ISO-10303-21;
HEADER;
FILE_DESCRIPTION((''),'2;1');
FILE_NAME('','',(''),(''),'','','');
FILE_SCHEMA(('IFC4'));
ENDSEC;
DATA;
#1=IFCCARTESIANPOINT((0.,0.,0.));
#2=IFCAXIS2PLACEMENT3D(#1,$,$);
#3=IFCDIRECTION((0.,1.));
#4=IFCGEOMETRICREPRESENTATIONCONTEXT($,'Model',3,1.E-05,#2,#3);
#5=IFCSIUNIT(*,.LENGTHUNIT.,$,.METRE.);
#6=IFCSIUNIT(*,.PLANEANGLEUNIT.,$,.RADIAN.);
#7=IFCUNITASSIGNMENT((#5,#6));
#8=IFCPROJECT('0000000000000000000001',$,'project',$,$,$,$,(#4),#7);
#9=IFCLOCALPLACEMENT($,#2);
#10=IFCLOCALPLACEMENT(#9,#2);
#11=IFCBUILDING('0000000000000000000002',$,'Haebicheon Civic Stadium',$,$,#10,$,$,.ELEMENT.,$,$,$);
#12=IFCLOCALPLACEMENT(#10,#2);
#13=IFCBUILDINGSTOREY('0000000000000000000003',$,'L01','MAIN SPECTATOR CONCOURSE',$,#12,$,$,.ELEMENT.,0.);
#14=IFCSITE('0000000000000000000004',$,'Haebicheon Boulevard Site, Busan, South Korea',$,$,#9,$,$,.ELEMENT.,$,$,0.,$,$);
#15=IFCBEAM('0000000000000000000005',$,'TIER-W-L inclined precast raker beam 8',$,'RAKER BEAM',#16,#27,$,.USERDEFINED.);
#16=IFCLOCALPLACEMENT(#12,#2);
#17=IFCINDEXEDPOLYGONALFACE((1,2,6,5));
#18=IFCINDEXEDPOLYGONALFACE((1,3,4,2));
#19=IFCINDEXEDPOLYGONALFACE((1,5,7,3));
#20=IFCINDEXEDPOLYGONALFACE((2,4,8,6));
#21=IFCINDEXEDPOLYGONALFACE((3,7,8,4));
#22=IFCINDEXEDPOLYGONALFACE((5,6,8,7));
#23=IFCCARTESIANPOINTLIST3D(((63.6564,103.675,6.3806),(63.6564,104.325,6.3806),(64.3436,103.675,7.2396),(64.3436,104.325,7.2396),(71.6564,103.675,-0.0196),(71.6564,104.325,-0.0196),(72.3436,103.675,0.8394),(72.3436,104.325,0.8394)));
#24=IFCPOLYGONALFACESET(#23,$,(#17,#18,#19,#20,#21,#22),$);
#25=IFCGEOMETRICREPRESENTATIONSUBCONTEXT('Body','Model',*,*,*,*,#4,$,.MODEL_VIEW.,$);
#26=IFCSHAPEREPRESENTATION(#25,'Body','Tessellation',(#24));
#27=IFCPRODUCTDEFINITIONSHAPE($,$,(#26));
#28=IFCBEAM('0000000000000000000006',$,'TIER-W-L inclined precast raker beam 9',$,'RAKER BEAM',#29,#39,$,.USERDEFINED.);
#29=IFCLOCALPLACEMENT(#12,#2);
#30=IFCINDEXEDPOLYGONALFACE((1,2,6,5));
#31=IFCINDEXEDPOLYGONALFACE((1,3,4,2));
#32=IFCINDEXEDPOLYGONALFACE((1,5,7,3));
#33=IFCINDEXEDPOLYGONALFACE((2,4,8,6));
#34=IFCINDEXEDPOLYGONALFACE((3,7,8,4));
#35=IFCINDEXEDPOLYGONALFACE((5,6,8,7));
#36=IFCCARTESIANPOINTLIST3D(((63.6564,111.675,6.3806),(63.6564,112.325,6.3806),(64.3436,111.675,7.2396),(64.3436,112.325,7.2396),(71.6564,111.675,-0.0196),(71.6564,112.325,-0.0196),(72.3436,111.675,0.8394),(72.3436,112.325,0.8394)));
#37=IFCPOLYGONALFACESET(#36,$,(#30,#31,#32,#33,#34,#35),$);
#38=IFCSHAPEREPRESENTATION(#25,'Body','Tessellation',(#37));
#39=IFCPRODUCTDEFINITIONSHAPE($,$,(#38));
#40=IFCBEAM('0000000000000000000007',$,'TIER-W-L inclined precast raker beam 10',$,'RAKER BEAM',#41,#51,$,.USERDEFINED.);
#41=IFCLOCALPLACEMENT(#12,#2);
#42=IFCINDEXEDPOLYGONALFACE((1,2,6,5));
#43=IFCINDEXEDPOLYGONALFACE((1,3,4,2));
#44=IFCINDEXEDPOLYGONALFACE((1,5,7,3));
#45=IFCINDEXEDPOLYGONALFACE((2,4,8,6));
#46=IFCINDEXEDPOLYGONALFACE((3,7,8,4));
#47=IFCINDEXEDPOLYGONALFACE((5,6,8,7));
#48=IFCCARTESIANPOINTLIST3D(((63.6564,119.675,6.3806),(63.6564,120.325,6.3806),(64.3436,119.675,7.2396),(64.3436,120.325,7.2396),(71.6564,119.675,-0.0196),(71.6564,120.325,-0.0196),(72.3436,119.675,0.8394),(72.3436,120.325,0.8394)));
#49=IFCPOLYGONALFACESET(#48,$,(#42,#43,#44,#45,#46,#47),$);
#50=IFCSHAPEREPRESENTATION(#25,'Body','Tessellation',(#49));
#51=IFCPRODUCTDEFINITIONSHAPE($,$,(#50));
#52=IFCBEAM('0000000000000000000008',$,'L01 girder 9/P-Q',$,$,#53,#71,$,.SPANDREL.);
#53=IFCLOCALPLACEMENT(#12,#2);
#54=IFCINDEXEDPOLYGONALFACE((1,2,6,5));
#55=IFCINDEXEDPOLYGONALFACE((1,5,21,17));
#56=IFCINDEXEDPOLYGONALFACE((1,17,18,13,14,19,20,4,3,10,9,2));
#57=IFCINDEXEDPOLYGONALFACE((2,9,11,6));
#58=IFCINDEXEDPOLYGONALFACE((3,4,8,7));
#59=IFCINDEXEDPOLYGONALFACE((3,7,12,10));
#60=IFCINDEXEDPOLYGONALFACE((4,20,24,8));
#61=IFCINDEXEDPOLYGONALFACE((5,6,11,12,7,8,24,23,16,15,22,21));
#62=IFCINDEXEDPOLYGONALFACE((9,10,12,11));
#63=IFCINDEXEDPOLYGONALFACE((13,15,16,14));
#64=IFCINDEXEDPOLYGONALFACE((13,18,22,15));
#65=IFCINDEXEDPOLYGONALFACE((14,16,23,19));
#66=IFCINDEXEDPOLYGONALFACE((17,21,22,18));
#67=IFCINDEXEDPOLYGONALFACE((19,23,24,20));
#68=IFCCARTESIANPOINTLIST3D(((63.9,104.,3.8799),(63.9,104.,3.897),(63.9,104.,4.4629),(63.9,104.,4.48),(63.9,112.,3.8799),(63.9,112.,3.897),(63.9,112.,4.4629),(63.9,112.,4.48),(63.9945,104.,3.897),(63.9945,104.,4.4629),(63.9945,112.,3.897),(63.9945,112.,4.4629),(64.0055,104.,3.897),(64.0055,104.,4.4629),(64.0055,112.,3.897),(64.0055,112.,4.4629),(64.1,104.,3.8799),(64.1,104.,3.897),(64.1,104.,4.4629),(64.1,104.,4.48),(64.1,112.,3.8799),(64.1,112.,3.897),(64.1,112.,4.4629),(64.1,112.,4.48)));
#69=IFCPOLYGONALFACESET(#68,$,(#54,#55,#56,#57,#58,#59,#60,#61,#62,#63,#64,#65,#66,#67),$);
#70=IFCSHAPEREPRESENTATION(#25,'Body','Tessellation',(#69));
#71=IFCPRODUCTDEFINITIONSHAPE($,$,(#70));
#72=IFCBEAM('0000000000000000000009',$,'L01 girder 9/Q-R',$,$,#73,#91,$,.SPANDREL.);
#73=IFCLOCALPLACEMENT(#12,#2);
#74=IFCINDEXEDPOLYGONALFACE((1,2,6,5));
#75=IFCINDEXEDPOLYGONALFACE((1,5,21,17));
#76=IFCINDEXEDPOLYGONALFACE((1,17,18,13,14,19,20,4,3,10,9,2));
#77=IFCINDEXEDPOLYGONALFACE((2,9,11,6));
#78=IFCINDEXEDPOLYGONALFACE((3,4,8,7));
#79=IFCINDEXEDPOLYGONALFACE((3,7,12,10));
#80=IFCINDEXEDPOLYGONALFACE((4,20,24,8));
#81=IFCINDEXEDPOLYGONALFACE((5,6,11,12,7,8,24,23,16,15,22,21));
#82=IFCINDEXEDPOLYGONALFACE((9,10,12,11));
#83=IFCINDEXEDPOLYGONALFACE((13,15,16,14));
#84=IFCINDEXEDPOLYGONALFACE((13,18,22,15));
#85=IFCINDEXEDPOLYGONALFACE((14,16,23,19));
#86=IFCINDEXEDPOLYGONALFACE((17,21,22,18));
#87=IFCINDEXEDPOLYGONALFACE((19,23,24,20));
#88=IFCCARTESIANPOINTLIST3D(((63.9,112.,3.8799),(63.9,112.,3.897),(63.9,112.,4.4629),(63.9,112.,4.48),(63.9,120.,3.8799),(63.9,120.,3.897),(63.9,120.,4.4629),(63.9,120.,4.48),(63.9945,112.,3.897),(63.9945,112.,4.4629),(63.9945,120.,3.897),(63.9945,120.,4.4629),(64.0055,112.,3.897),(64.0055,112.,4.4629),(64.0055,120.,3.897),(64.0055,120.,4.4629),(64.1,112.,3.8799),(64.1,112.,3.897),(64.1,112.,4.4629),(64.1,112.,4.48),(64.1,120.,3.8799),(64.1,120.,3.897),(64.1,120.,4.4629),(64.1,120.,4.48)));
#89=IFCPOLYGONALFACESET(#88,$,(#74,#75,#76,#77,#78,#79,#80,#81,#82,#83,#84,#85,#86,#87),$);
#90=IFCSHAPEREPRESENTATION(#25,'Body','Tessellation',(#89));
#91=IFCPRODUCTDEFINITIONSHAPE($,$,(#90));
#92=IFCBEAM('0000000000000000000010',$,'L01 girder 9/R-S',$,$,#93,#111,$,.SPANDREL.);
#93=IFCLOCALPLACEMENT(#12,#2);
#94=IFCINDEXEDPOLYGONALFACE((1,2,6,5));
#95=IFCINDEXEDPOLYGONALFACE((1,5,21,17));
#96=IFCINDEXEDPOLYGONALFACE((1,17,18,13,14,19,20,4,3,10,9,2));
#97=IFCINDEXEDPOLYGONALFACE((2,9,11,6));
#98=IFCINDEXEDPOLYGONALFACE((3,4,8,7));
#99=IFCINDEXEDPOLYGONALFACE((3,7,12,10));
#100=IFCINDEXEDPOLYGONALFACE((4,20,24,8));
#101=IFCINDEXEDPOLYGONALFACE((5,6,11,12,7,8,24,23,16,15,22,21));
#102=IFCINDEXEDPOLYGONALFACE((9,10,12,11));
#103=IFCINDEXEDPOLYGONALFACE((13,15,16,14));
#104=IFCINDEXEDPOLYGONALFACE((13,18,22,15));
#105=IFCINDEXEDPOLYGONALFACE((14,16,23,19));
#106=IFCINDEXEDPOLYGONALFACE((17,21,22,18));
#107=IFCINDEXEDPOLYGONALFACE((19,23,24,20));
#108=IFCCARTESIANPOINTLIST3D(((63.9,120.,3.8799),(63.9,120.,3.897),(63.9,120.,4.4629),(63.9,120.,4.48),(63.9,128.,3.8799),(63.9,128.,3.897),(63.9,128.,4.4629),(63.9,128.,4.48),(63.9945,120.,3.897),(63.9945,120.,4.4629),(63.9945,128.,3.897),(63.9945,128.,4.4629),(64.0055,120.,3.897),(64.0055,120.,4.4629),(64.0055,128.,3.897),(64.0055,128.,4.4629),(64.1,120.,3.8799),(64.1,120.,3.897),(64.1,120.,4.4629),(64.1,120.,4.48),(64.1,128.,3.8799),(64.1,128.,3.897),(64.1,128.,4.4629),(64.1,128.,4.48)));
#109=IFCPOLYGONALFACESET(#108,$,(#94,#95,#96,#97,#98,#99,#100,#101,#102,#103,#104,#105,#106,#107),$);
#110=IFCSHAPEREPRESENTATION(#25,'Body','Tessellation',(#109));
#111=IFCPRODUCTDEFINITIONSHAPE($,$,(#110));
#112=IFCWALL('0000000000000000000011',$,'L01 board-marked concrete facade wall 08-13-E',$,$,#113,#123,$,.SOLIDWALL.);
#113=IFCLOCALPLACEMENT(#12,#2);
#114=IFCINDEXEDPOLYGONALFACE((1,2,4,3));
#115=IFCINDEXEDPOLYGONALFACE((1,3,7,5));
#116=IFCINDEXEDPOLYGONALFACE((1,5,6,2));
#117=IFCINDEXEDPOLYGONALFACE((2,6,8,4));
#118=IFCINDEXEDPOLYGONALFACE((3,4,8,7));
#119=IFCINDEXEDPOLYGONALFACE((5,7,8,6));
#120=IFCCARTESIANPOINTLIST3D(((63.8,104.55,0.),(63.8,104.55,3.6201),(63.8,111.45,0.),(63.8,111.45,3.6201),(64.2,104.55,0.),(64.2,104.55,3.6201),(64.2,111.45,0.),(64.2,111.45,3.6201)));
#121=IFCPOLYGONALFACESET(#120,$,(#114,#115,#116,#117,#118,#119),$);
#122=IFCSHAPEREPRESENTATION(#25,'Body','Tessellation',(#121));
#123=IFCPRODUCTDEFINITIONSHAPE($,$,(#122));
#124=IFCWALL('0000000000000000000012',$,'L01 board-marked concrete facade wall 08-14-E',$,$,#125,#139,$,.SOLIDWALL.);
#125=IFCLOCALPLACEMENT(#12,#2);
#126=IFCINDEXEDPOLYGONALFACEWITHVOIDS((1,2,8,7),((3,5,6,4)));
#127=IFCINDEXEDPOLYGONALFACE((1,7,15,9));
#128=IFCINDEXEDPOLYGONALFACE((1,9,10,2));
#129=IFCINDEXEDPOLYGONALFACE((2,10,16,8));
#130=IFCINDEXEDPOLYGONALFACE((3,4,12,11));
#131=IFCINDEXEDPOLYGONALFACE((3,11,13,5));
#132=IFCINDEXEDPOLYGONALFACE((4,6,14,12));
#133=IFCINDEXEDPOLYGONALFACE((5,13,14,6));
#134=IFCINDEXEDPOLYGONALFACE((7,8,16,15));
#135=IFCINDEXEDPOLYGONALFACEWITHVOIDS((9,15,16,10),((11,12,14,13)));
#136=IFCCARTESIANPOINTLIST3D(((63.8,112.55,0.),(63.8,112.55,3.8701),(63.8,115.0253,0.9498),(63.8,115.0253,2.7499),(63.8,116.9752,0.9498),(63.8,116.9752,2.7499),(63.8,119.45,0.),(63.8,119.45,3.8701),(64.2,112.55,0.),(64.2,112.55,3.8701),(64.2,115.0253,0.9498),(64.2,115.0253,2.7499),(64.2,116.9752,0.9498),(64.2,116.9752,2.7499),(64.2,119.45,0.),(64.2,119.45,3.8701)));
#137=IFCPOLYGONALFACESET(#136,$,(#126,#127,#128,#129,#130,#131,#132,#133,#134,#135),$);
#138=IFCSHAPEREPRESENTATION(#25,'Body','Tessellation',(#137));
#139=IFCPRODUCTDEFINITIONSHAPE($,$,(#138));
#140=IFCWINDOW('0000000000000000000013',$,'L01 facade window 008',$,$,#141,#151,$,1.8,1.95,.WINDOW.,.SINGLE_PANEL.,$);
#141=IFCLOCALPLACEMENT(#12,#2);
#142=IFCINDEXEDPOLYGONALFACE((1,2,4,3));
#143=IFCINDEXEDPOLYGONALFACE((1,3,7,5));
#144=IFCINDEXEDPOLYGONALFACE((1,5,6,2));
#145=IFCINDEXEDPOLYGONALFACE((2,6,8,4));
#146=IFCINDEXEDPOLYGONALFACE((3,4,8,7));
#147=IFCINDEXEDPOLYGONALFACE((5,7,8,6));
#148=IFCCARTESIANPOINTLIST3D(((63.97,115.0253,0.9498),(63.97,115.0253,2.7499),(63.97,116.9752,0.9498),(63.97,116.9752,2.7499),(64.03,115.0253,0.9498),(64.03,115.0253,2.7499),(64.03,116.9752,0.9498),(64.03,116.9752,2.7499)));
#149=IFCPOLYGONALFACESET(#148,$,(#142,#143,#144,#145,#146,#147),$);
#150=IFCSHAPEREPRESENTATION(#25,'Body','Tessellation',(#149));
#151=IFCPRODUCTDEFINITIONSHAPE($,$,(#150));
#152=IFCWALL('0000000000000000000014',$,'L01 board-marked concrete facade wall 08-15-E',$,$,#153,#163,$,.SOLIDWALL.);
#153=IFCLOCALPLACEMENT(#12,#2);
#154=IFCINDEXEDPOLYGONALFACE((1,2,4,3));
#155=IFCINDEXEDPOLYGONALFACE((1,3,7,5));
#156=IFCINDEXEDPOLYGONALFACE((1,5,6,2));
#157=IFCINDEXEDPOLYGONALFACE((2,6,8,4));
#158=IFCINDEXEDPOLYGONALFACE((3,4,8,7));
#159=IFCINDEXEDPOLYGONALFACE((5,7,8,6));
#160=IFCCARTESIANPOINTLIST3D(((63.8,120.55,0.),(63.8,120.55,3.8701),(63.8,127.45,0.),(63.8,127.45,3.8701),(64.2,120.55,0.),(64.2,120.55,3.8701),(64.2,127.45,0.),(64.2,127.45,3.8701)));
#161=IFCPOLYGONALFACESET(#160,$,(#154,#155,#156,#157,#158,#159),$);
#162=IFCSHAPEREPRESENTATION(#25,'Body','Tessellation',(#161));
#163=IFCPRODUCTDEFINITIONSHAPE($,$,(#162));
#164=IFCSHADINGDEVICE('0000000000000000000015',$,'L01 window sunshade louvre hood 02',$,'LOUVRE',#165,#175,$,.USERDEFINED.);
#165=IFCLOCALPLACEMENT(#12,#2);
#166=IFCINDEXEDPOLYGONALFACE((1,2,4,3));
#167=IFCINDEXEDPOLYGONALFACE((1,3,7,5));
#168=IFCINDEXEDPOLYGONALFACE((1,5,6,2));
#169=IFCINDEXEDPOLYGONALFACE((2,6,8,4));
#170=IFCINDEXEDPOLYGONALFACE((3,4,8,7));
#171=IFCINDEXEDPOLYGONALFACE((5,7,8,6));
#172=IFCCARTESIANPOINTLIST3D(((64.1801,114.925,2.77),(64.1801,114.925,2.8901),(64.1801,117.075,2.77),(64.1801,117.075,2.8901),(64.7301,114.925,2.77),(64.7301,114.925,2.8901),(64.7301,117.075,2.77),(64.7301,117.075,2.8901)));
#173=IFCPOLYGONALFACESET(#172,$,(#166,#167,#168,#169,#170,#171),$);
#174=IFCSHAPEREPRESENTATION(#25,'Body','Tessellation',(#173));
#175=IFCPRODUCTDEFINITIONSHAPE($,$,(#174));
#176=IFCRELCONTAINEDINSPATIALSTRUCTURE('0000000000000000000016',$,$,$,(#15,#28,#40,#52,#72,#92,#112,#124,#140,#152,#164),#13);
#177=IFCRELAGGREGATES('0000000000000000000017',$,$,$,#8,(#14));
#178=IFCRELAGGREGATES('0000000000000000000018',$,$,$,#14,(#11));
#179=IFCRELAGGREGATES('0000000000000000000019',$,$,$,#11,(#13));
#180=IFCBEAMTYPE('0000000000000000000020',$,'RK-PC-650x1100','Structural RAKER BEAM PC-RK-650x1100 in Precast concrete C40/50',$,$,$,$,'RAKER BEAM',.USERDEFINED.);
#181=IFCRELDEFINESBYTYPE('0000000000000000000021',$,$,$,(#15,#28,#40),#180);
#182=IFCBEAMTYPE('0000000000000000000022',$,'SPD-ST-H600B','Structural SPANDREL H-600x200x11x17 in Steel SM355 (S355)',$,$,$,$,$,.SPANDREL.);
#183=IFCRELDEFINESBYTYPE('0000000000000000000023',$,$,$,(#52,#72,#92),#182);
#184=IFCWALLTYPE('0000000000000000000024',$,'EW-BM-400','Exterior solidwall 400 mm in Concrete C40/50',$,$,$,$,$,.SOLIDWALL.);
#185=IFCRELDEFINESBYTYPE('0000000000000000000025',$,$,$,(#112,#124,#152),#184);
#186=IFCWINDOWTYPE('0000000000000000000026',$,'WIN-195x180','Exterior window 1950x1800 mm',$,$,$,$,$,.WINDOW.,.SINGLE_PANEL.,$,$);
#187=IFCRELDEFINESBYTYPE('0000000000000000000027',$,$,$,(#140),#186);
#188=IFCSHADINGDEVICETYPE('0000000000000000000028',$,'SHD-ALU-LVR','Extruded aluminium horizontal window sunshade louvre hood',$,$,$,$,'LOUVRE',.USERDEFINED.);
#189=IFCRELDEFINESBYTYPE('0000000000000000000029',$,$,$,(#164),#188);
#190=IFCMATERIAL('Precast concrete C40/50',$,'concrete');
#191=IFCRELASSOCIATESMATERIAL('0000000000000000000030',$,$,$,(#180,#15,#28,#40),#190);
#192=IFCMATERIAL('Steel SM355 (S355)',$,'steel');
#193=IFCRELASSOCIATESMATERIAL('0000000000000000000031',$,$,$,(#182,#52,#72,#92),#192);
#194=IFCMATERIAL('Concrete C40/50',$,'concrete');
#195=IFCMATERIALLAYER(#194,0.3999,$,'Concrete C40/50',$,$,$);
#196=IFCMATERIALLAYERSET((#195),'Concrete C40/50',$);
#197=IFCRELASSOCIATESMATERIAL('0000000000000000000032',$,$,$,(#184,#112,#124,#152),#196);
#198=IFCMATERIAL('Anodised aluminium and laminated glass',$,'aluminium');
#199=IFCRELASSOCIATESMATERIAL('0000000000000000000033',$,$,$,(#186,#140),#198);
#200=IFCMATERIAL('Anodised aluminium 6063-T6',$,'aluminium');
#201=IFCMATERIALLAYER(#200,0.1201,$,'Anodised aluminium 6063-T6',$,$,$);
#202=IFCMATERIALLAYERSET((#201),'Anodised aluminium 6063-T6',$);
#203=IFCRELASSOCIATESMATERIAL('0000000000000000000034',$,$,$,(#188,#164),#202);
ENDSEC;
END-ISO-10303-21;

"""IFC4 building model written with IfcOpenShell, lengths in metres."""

from ifc_helpers import new_model, si_unit, direction, frame, frame_2d, origin, origin_2d, place, context, subcontext, project, spatial, rectangle, i_section, extrude, material, layer, layer_set, material_profile, profile_set, type_object, element, fill, save


model = new_model("IFC4")

# Units and contexts
model_context = context("Model", 3, precision=1e-05, world=origin(), true_north=direction((0.0, 1.0)))
body_context = subcontext(model_context, "Body", "Model", "MODEL_VIEW")
ifc_project = project(units=[si_unit("LENGTHUNIT", "METRE"), si_unit("PLANEANGLEUNIT", "RADIAN")], contexts=[model_context])

# Site, building, storey
site_placement = place(None, origin())
site = spatial("IfcSite", under=ifc_project, at=site_placement, Name="Haebicheon Boulevard Site, Busan, South Korea", CompositionType="ELEMENT", RefElevation=0.0)
building_placement = place(site_placement, origin())
building = spatial("IfcBuilding", under=site, at=building_placement, Name="Haebicheon Civic Stadium", CompositionType="ELEMENT")
storey_placement = place(building_placement, origin())
storey = spatial("IfcBuildingStorey", under=building, at=storey_placement, Name="L01", Description="MAIN SPECTATOR CONCOURSE", CompositionType="ELEMENT", Elevation=0.0)

# Beams
ifc_material_1 = material(Name="Precast concrete C40/50", Category="concrete")
ifc_material_profile_1 = material_profile(ifc_material_1, rectangle(XDim=0.6499, YDim=1.1001, at=origin_2d()), Name="PC-RK-650x1100")
ifc_profile_set_1 = profile_set([ifc_material_profile_1], Name="Precast concrete C40/50")
beam_type_1 = type_object("IfcBeamType", Name="RK-PC-650x1100", Description="Structural RAKER BEAM PC-RK-650x1100 in Precast concrete C40/50", ElementType="RAKER BEAM", PredefinedType="USERDEFINED", material=ifc_profile_set_1)
for number, where, z_axis, x_axis, name in (
    (1, (72.0, 104.0, 0.4099), (-0.780862, 0.0, 0.624704), (0.0, -1.0, 0.0), "TIER-W-L inclined precast raker beam 8"),
    (2, (72.0, 112.0, 0.4099), (-0.780862, 0.0, 0.624704), (0.0, -1.0, 0.0), "TIER-W-L inclined precast raker beam 9"),
    (3, (72.0, 120.0, 0.4099), (-0.780862, 0.0, 0.624704), (0.0, -1.0, 0.0), "TIER-W-L inclined precast raker beam 10"),
):
    element("IfcBeam", number, at=place(storey_placement, frame(where, z_axis=z_axis, x_axis=x_axis)), inside=storey, type_object=beam_type_1, material=ifc_profile_set_1, Name=name, ObjectType="RAKER BEAM", PredefinedType="USERDEFINED", context=body_context, shape_type="SweptSolid", body=[
        extrude(rectangle(XDim=0.6499, YDim=1.1001, at=origin_2d()), origin(), (0.0, 0.0, 1.0), 10.2451),
    ])
ifc_material_2 = material(Name="Steel SM355 (S355)", Category="steel")
ifc_material_profile_2 = material_profile(ifc_material_2, i_section(OverallWidth=0.2, OverallDepth=0.6001, WebThickness=0.011, FlangeThickness=0.0171, at=origin_2d()), Name="H-600x200x11x17")
ifc_profile_set_2 = profile_set([ifc_material_profile_2], Name="Steel SM355 (S355)")
beam_type_2 = type_object("IfcBeamType", Name="SPD-ST-H600B", Description="Structural SPANDREL H-600x200x11x17 in Steel SM355 (S355)", PredefinedType="SPANDREL", material=ifc_profile_set_2)
for number, where, z_axis, x_axis, name in (
    (4, (64.0, 104.0, 4.1799), (0.0, 1.0, 0.0), (-1.0, 0.0, 0.0), "L01 girder 9/P-Q"),
    (5, (64.0, 112.0, 4.1799), (0.0, 1.0, 0.0), (-1.0, 0.0, 0.0), "L01 girder 9/Q-R"),
    (6, (64.0, 120.0, 4.1799), (0.0, 1.0, 0.0), (-1.0, 0.0, 0.0), "L01 girder 9/R-S"),
):
    element("IfcBeam", number, at=place(storey_placement, frame(where, z_axis=z_axis, x_axis=x_axis)), inside=storey, type_object=beam_type_2, material=ifc_profile_set_2, Name=name, PredefinedType="SPANDREL", context=body_context, shape_type="SweptSolid", body=[
        extrude(i_section(OverallWidth=0.2, OverallDepth=0.6001, WebThickness=0.011, FlangeThickness=0.0171, at=origin_2d()), origin(), (0.0, 0.0, 1.0), 8.0),
    ])

# Wall
ifc_material_3 = material(Name="Concrete C40/50", Category="concrete")
ifc_layer_1 = layer(ifc_material_3, 0.3999, Name="Concrete C40/50")
ifc_layer_set_1 = layer_set([ifc_layer_1], Name="Concrete C40/50")
wall_type = type_object("IfcWallType", Name="EW-BM-400", Description="Exterior solidwall 400 mm in Concrete C40/50", PredefinedType="SOLIDWALL", material=ifc_layer_set_1)
wall_1_placement = place(storey_placement, frame((64.0, 104.55, 0.0), z_axis=(0.0, 0.0, 1.0), x_axis=(0.0, 1.0, 0.0)))
element("IfcWall", 7, at=wall_1_placement, inside=storey, type_object=wall_type, material=ifc_layer_set_1, Name="L01 board-marked concrete facade wall 08-13-E", PredefinedType="SOLIDWALL", context=body_context, shape_type="SweptSolid", body=[
    extrude(rectangle(XDim=6.8999, YDim=0.3999, at=frame_2d((3.45, 0.0))), origin(), (0.0, 0.0, 1.0), 3.6201),
])

# Wall, opening, window
wall_2_placement = place(storey_placement, frame((64.0, 112.55, 0.0), z_axis=(0.0, 0.0, 1.0), x_axis=(0.0, 1.0, 0.0)))
wall_2 = element("IfcWall", 8, at=wall_2_placement, inside=storey, type_object=wall_type, material=ifc_layer_set_1, Name="L01 board-marked concrete facade wall 08-14-E", PredefinedType="SOLIDWALL", context=body_context, shape_type="SweptSolid", body=[
    extrude(rectangle(XDim=6.8999, YDim=0.3999, at=frame_2d((3.45, 0.0))), origin(), (0.0, 0.0, 1.0), 3.8701),
])
opening_placement = place(wall_2_placement, frame((2.4751, 0.0, 0.95)))
opening = element("IfcOpeningElement", 9, at=opening_placement, cuts=wall_2, PredefinedType="OPENING", context=body_context, shape_type="SweptSolid", body=[
    extrude(rectangle(XDim=1.95, YDim=1.8, at=frame_2d((0.9751, 0.8999))), frame((0.0, 0.21, 0.0), z_axis=(0.0, -1.0, 0.0), x_axis=(1.0, 0.0, 0.0)), (0.0, 0.0, 1.0), 0.4199),
])
ifc_material_4 = material(Name="Anodised aluminium and laminated glass", Category="aluminium")
window_type = type_object("IfcWindowType", Name="WIN-195x180", Description="Exterior window 1950x1800 mm", PartitioningType="SINGLE_PANEL", PredefinedType="WINDOW", material=ifc_material_4)
window_placement = place(opening_placement, origin())
window = element("IfcWindow", 10, at=window_placement, inside=storey, type_object=window_type, material=ifc_material_4, Name="L01 facade window 008", OverallHeight=1.8, OverallWidth=1.95, PartitioningType="SINGLE_PANEL", PredefinedType="WINDOW", context=body_context, shape_type="SweptSolid", body=[
    extrude(rectangle(XDim=1.95, YDim=1.8, at=frame_2d((0.9751, 0.8999))), frame((0.0, 0.03, 0.0), z_axis=(0.0, -1.0, 0.0), x_axis=(1.0, 0.0, 0.0)), (0.0, 0.0, 1.0), 0.0601),
])
fill(opening, window)

# Wall
wall_3_placement = place(storey_placement, frame((64.0, 120.55, 0.0), z_axis=(0.0, 0.0, 1.0), x_axis=(0.0, 1.0, 0.0)))
element("IfcWall", 11, at=wall_3_placement, inside=storey, type_object=wall_type, material=ifc_layer_set_1, Name="L01 board-marked concrete facade wall 08-15-E", PredefinedType="SOLIDWALL", context=body_context, shape_type="SweptSolid", body=[
    extrude(rectangle(XDim=6.8999, YDim=0.3999, at=frame_2d((3.45, 0.0))), origin(), (0.0, 0.0, 1.0), 3.8701),
])

# Shading device
ifc_material_5 = material(Name="Anodised aluminium 6063-T6", Category="aluminium")
ifc_layer_2 = layer(ifc_material_5, 0.1201, Name="Anodised aluminium 6063-T6")
ifc_layer_set_2 = layer_set([ifc_layer_2], Name="Anodised aluminium 6063-T6")
shading_device_type = type_object("IfcShadingDeviceType", Name="SHD-ALU-LVR", Description="Extruded aluminium horizontal window sunshade louvre hood", ElementType="LOUVRE", PredefinedType="USERDEFINED", material=ifc_layer_set_2)
shading_device_placement = place(storey_placement, frame((64.4551, 116.0, 2.77), z_axis=(0.0, 0.0, 1.0), x_axis=(1.0, 0.0, 0.0)))
element("IfcShadingDevice", 12, at=shading_device_placement, inside=storey, type_object=shading_device_type, material=ifc_layer_set_2, Name="L01 window sunshade louvre hood 02", ObjectType="LOUVRE", PredefinedType="USERDEFINED", context=body_context, shape_type="SweptSolid", body=[
    extrude(rectangle(XDim=0.55, YDim=2.1499, at=origin_2d()), origin(), (0.0, 0.0, 1.0), 0.1201),
])

save(model, "model.ifc")
